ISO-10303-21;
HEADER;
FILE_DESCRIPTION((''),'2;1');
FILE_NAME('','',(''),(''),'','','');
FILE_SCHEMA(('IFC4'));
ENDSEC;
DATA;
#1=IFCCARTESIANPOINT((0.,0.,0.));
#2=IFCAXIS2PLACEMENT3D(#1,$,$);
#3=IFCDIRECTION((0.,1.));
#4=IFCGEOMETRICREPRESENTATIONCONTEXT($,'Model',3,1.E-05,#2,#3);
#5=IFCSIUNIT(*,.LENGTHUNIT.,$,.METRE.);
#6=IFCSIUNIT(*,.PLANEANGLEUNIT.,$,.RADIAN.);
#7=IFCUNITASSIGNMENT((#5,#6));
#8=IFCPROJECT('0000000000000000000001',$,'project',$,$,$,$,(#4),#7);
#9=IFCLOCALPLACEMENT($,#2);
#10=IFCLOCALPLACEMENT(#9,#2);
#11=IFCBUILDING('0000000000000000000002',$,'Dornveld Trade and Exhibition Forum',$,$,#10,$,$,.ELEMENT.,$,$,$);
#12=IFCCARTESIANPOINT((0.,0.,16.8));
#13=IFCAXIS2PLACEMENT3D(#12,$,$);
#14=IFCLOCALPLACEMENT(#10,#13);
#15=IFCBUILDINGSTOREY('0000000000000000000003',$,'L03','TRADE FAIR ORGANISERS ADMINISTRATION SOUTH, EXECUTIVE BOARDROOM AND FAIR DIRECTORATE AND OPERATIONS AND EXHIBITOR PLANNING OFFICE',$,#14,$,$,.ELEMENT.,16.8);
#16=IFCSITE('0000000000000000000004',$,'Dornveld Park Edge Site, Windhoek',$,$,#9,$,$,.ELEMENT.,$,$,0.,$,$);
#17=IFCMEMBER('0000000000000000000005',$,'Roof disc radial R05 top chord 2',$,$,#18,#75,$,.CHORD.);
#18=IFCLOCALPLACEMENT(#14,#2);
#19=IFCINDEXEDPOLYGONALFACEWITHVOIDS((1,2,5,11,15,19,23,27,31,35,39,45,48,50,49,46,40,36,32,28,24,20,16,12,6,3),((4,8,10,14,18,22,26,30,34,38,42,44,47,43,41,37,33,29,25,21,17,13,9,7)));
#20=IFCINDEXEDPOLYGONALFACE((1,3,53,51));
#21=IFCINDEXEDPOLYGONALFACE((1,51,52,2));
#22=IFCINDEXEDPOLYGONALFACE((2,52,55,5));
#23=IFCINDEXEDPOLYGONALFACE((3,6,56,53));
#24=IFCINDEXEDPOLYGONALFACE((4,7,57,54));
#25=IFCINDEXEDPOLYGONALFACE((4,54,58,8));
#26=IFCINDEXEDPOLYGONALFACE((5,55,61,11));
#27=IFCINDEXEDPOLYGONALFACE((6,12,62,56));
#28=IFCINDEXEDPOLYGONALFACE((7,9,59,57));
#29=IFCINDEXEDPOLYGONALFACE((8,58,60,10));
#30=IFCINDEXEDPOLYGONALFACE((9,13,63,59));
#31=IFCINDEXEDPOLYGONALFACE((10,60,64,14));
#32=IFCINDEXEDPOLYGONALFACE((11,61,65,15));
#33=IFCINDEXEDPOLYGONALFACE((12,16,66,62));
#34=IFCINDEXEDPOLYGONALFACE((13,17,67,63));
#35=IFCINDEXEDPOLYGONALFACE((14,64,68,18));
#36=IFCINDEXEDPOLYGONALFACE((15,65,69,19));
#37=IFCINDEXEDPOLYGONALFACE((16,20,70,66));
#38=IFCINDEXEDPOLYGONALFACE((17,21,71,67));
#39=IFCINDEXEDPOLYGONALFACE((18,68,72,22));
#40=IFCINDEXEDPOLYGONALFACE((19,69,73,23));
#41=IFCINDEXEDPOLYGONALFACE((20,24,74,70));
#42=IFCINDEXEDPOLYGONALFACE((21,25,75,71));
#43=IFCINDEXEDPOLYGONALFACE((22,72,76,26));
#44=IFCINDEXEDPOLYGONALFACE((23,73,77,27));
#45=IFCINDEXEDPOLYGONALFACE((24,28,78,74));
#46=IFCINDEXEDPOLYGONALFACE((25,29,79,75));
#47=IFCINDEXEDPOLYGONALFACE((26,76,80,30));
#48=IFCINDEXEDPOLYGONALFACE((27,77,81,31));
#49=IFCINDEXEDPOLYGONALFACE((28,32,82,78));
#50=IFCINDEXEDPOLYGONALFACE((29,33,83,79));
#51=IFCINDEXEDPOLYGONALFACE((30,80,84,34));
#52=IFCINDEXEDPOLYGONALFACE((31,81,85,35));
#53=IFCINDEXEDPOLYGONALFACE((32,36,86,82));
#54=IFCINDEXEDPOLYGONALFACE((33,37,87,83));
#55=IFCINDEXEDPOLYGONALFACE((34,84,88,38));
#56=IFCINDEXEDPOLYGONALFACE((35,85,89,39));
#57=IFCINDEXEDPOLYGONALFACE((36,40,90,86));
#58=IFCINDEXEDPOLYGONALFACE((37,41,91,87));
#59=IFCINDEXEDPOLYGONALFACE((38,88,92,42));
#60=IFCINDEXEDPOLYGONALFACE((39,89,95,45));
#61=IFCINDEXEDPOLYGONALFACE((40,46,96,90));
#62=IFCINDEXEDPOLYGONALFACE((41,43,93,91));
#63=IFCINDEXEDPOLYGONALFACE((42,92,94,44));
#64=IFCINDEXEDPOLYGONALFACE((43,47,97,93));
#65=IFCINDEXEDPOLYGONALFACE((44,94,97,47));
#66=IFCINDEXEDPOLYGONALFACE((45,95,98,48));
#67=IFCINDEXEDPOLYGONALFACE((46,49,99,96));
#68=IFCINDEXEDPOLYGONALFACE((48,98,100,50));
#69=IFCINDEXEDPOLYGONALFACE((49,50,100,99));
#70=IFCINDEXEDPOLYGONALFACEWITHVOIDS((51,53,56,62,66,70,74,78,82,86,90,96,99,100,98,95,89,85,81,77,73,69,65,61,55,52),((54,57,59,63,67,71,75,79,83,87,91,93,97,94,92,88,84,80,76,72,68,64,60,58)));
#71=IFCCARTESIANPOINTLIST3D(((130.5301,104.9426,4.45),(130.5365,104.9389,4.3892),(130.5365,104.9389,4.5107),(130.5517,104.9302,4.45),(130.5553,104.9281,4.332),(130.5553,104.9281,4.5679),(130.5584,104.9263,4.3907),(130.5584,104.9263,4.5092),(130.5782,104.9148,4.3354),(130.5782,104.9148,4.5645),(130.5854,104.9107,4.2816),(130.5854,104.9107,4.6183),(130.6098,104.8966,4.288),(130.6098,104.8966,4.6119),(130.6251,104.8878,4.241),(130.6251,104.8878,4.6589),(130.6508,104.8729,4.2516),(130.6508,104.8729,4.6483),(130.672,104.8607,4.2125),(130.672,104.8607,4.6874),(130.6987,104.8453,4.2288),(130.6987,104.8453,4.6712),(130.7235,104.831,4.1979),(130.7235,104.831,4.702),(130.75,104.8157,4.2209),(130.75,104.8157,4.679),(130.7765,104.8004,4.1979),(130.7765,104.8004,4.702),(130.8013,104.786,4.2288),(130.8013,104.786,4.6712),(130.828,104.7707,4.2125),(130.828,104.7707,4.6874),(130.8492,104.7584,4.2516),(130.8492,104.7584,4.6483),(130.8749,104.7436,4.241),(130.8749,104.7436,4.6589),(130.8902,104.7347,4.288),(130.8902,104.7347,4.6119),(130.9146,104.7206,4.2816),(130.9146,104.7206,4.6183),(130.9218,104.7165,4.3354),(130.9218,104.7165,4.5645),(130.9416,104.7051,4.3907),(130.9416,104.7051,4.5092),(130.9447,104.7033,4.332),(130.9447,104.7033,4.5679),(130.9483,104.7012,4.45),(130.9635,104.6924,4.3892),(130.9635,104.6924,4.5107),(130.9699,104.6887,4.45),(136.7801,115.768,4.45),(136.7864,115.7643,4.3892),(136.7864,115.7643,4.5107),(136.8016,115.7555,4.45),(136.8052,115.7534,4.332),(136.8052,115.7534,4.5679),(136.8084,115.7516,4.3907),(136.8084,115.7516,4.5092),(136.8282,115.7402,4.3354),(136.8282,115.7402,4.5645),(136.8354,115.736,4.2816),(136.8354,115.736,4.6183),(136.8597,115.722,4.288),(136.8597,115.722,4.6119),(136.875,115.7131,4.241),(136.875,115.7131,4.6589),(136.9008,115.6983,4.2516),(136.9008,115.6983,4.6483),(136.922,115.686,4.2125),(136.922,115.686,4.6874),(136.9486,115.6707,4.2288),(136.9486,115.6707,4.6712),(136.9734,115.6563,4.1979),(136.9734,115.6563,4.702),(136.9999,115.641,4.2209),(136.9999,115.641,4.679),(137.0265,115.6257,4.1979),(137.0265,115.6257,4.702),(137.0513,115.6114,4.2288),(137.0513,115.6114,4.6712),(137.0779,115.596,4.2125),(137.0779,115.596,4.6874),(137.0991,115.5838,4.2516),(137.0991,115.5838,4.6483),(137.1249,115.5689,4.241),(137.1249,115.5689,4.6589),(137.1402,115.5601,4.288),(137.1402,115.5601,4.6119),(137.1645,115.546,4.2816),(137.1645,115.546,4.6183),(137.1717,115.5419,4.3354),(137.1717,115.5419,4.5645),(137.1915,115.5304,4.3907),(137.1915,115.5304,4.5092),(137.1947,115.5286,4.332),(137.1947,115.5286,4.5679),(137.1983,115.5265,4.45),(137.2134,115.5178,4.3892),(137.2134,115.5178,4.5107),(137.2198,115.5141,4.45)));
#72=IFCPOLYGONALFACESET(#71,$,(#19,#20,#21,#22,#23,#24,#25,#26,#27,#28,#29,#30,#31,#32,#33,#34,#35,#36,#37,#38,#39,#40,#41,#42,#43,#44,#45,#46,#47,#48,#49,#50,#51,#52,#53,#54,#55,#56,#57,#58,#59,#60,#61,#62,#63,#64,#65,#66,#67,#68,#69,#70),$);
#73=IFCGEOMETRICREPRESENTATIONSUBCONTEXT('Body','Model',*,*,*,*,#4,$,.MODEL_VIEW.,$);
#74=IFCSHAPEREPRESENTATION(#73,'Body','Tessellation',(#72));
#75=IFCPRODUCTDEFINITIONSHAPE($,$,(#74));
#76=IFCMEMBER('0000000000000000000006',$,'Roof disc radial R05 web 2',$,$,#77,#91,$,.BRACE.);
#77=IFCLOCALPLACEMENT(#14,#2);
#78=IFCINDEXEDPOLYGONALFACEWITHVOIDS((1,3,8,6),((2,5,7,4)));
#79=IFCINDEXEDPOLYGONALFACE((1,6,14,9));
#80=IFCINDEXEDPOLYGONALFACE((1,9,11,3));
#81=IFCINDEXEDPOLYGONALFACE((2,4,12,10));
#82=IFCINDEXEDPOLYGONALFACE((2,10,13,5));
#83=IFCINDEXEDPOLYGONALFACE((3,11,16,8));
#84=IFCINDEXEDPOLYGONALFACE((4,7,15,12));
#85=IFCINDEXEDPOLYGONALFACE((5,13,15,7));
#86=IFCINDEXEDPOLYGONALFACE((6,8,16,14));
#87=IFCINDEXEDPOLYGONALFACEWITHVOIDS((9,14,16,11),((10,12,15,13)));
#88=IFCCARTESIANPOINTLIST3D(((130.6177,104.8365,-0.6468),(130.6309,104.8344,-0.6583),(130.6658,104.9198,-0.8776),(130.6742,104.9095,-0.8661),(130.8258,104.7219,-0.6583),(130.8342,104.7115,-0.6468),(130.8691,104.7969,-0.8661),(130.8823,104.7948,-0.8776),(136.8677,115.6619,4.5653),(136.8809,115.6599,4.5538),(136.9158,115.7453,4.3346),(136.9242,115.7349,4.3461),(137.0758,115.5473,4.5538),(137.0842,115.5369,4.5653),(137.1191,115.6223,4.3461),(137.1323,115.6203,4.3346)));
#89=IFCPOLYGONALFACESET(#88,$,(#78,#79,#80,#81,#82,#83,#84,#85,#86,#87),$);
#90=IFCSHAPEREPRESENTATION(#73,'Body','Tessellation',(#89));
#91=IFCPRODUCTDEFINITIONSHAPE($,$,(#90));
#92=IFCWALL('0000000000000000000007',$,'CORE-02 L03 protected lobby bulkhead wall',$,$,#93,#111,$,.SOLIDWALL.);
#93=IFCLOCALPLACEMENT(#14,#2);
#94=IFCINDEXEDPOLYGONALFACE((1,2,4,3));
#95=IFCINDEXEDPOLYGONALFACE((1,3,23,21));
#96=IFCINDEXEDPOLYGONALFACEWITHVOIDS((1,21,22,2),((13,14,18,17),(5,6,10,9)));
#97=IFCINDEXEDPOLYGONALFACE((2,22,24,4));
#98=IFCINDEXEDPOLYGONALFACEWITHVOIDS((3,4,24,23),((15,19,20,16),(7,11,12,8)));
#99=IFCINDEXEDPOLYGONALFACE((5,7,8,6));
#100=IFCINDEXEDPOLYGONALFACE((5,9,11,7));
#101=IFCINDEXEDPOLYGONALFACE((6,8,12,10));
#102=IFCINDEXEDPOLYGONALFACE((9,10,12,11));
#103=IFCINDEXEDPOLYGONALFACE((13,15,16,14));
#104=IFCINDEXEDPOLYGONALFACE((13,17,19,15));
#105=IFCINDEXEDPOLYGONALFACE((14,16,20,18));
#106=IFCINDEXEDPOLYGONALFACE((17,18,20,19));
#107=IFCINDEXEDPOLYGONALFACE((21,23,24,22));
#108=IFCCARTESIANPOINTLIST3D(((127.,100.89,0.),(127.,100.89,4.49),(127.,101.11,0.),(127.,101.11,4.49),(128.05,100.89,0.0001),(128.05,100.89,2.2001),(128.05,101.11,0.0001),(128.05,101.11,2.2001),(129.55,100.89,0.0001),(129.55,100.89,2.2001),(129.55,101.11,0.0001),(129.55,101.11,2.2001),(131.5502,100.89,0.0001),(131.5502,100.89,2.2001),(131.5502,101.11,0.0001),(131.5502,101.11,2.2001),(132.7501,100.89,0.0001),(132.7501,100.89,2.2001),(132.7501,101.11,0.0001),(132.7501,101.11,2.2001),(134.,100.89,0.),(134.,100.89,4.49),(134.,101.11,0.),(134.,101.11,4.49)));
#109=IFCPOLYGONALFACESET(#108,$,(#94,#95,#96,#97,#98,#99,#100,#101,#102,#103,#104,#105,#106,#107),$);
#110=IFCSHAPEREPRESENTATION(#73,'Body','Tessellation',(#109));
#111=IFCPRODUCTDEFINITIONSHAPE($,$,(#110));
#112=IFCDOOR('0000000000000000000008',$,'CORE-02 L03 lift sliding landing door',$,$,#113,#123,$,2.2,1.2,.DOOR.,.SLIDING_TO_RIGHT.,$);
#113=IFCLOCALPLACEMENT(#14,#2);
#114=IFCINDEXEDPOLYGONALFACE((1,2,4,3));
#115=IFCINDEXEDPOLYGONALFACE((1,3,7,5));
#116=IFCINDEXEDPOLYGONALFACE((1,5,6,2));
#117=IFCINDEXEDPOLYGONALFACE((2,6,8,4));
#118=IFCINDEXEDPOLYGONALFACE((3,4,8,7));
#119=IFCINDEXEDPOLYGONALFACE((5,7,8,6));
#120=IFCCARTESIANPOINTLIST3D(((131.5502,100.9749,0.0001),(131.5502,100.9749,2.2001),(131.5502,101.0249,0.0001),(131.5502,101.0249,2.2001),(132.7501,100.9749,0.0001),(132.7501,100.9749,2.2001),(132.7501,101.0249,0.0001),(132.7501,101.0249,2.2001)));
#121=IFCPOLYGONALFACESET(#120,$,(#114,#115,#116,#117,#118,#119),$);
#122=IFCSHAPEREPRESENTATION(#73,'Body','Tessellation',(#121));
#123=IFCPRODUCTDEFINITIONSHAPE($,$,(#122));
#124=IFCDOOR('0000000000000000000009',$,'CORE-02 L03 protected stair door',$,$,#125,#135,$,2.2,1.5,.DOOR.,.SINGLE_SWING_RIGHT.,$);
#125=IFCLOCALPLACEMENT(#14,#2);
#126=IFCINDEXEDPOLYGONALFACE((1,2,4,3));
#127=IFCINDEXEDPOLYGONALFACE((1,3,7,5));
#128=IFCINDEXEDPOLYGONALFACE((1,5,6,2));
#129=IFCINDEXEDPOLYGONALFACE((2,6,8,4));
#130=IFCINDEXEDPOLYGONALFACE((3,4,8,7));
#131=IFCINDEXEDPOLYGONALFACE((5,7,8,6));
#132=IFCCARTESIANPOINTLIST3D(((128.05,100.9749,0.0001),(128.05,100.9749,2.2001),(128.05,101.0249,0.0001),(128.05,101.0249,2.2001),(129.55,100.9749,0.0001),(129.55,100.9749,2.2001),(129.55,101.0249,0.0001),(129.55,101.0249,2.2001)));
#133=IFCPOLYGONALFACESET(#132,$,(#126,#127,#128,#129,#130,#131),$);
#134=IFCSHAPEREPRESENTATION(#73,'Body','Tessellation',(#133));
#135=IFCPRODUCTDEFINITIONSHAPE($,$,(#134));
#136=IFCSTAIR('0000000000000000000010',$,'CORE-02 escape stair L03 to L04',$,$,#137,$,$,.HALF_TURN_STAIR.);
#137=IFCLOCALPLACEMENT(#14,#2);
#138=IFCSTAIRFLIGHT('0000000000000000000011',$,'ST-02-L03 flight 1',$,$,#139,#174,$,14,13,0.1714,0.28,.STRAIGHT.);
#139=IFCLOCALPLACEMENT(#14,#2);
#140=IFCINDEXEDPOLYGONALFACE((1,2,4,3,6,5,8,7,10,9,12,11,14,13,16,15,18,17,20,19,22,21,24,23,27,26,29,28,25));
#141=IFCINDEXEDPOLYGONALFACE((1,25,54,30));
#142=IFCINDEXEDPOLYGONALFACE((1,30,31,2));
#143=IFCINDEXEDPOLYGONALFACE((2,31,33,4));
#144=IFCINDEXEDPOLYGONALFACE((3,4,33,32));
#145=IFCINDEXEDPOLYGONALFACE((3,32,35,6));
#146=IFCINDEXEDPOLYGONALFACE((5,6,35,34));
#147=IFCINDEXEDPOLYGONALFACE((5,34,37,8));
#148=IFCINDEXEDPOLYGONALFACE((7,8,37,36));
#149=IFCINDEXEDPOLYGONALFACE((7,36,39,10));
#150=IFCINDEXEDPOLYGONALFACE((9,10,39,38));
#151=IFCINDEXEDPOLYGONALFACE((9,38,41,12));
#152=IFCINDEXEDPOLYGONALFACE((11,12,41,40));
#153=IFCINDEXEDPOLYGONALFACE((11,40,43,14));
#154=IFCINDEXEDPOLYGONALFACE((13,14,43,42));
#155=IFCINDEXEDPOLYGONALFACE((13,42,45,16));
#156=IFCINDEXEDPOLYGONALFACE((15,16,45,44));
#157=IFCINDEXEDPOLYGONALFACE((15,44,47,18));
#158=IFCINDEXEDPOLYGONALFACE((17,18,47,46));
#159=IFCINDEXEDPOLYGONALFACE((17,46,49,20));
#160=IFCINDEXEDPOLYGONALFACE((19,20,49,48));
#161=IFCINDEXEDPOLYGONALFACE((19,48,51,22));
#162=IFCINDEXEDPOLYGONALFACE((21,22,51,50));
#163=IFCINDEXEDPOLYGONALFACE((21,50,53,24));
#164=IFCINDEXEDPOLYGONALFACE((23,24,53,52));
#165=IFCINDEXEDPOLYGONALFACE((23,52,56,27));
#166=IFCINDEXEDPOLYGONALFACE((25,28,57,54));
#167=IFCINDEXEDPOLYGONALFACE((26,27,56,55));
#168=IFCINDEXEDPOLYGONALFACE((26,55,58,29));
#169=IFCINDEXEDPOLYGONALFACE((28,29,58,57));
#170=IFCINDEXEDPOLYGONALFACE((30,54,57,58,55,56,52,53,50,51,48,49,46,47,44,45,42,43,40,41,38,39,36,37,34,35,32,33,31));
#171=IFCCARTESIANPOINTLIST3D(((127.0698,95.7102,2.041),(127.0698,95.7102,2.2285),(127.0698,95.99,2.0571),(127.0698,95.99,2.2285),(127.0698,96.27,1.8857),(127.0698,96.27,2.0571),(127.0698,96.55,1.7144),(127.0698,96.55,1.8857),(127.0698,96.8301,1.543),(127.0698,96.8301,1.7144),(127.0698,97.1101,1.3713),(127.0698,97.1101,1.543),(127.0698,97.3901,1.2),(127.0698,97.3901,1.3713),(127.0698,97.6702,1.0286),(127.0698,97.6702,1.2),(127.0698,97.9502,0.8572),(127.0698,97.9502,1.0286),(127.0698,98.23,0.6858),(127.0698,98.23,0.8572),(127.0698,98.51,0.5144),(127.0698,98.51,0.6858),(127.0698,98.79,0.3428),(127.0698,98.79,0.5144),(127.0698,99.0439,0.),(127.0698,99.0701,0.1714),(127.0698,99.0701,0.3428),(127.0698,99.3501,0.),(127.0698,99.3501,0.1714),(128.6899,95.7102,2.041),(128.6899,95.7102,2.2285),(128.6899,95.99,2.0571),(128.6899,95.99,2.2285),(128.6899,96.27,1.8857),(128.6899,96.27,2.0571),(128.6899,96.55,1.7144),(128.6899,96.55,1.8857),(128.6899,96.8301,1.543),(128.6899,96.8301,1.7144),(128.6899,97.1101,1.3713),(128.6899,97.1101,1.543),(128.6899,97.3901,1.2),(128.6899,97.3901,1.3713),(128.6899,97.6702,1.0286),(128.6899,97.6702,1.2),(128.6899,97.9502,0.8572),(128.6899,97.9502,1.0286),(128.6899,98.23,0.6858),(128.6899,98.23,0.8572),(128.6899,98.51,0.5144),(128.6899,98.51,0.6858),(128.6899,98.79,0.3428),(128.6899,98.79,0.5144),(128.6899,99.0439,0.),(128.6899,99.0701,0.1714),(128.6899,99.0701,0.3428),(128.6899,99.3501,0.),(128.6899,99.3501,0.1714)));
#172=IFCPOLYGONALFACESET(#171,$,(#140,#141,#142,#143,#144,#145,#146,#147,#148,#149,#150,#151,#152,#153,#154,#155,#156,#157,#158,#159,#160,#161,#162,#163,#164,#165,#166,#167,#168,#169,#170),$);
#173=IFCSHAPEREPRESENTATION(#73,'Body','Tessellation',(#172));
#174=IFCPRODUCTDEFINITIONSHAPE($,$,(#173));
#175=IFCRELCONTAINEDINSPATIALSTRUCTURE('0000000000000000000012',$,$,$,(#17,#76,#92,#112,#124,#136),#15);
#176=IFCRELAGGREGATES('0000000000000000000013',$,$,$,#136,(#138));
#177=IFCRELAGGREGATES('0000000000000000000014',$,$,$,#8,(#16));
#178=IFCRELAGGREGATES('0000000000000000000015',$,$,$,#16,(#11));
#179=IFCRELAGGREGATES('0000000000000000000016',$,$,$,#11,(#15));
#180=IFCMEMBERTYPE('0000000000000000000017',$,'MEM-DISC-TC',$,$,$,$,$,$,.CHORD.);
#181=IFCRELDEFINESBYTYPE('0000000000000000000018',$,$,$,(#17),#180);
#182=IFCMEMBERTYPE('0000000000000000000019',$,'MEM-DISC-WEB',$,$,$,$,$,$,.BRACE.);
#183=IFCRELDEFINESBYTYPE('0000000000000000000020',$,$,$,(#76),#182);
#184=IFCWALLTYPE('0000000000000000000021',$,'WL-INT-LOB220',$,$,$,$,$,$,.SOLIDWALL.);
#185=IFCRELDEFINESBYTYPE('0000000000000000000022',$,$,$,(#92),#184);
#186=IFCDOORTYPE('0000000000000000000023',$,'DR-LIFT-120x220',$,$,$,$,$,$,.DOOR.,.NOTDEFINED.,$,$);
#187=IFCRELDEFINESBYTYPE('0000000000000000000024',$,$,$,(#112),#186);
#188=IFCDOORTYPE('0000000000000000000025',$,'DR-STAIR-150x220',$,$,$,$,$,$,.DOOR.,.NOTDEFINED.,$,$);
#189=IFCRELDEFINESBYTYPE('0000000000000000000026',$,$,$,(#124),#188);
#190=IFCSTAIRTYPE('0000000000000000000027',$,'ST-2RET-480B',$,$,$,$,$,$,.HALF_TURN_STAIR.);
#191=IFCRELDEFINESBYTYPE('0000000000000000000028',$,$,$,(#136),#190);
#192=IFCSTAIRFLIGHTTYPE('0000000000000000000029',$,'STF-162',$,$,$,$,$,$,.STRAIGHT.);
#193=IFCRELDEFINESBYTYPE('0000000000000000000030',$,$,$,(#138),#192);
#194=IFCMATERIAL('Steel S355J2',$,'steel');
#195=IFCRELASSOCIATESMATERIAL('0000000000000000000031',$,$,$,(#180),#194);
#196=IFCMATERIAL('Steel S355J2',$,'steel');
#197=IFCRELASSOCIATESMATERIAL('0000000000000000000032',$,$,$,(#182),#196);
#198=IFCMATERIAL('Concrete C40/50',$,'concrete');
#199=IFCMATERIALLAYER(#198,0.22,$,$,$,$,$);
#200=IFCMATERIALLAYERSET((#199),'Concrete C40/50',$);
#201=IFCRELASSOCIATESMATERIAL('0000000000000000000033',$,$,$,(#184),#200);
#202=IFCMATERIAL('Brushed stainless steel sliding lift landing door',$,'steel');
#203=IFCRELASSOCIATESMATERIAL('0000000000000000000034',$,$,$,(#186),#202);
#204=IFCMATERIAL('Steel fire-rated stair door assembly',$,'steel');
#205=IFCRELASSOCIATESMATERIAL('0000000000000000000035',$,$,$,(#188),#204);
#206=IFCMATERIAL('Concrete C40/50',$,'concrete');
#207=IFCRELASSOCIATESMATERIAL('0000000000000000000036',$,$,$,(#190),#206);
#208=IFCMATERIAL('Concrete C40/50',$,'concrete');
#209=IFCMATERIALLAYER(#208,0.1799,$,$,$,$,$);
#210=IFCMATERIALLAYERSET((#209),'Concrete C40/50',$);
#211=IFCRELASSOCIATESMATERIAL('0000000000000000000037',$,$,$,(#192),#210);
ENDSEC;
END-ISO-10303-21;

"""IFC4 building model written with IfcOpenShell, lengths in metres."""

from ifc_helpers import new_model, si_unit, direction, frame, frame_2d, origin, origin_2d, place, context, subcontext, project, spatial, polyline, rectangle, hollow_rectangle, hollow_circle, outline, extrude, material, layer, layer_set, material_profile, profile_set, type_object, element, fill, aggregate, save


model = new_model("IFC4")

# Units and contexts
model_context = context("Model", 3, precision=1e-05, world=origin(), true_north=direction((0.0, 1.0)))
body_context = subcontext(model_context, "Body", "Model", "MODEL_VIEW")
ifc_project = project(units=[si_unit("LENGTHUNIT", "METRE"), si_unit("PLANEANGLEUNIT", "RADIAN")], contexts=[model_context])

# Site, building, storey
site_placement = place(None, origin())
site = spatial("IfcSite", under=ifc_project, at=site_placement, Name="Dornveld Park Edge Site, Windhoek", CompositionType="ELEMENT", RefElevation=0.0)
building_placement = place(site_placement, origin())
building = spatial("IfcBuilding", under=site, at=building_placement, Name="Dornveld Trade and Exhibition Forum", CompositionType="ELEMENT")
storey_placement = place(building_placement, frame((0.0, 0.0, 16.8)))
storey = spatial("IfcBuildingStorey", under=building, at=storey_placement, Name="L03", Description="TRADE FAIR ORGANISERS ADMINISTRATION SOUTH, EXECUTIVE BOARDROOM AND FAIR DIRECTORATE AND OPERATIONS AND EXHIBITOR PLANNING OFFICE", CompositionType="ELEMENT", Elevation=16.8)

# Members
ifc_material_1 = material(Name="Steel S355J2", Category="steel")
ifc_material_profile_1 = material_profile(ifc_material_1, hollow_circle(Radius=0.2539, WallThickness=0.0249, at=origin_2d()), Name="CHS 508x25")
ifc_profile_set_1 = profile_set([ifc_material_profile_1], Name="Steel S355J2")
member_type_1 = type_object("IfcMemberType", Name="MEM-DISC-TC", PredefinedType="CHORD", material=ifc_profile_set_1)
for number, where, z_axis, x_axis, name in (
    (1, (130.75, 104.8157, 4.45), (0.499996, 0.866028, 0.0), (-0.866028, 0.499996, 0.0), "Roof disc radial R05 top chord 2"),
):
    element("IfcMember", number, at=place(storey_placement, frame(where, z_axis=z_axis, x_axis=x_axis)), inside=storey, type_object=member_type_1, Name=name, PredefinedType="CHORD", context=body_context, shape_type="SweptSolid", body=[
        extrude(hollow_circle(Radius=0.2539, WallThickness=0.0249, at=origin_2d()), origin(), (0.0, 0.0, 1.0), 12.5),
    ])
ifc_material_2 = material(Name="Steel S355J2", Category="steel")
ifc_material_profile_2 = material_profile(ifc_material_2, hollow_rectangle(XDim=0.25, YDim=0.25, WallThickness=0.0125, at=origin_2d()), Name="SHS 250x250x12.5")
ifc_profile_set_2 = profile_set([ifc_material_profile_2], Name="Steel S355J2")
member_type_2 = type_object("IfcMemberType", Name="MEM-DISC-WEB", PredefinedType="BRACE", material=ifc_profile_set_2)
member_1_placement = place(storey_placement, frame((130.75, 104.8157, -0.7622), z_axis=(0.461485, 0.799324, 0.384853), x_axis=(-0.866028, 0.499996, 0.0)))
element("IfcMember", 2, at=member_1_placement, inside=storey, type_object=member_type_2, Name="Roof disc radial R05 web 2", PredefinedType="BRACE", context=body_context, shape_type="SweptSolid", body=[
    extrude(hollow_rectangle(XDim=0.25, YDim=0.25, WallThickness=0.0125, at=origin_2d()), origin(), (0.0, 0.0, 1.0), 13.5432),
])

# Wall, openings, doors
ifc_material_3 = material(Name="Concrete C40/50", Category="concrete")
ifc_layer_1 = layer(ifc_material_3, 0.22)
ifc_layer_set_1 = layer_set([ifc_layer_1], Name="Concrete C40/50")
wall_type = type_object("IfcWallType", Name="WL-INT-LOB220", PredefinedType="SOLIDWALL", material=ifc_layer_set_1)
wall_placement = place(storey_placement, frame((127.0, 101.0, 0.0), z_axis=(0.0, 0.0, 1.0), x_axis=(1.0, 0.0, 0.0)))
wall = element("IfcWall", 3, at=wall_placement, inside=storey, type_object=wall_type, Name="CORE-02 L03 protected lobby bulkhead wall", PredefinedType="SOLIDWALL", context=body_context, shape_type="SweptSolid", body=[
    extrude(rectangle(XDim=7.0, YDim=0.22, at=frame_2d((3.5, 0.0))), origin(), (0.0, 0.0, 1.0), 4.49),
])
opening_1_placement = place(wall_placement, frame((1.05, 0.0, 0.0)))
opening_1 = element("IfcOpeningElement", 4, at=opening_1_placement, cuts=wall, PredefinedType="OPENING", context=body_context, shape_type="SweptSolid", body=[
    extrude(rectangle(XDim=1.5, YDim=2.2, at=frame_2d((0.75, 1.1001))), frame((0.0, 0.1199, 0.0), z_axis=(0.0, -1.0, 0.0), x_axis=(1.0, 0.0, 0.0)), (0.0, 0.0, 1.0), 0.24),
])
opening_2_placement = place(wall_placement, frame((4.55, 0.0, 0.0)))
opening_2 = element("IfcOpeningElement", 5, at=opening_2_placement, cuts=wall, PredefinedType="OPENING", context=body_context, shape_type="SweptSolid", body=[
    extrude(rectangle(XDim=1.2, YDim=2.2, at=frame_2d((0.6001, 1.1001))), frame((0.0, 0.1199, 0.0), z_axis=(0.0, -1.0, 0.0), x_axis=(1.0, 0.0, 0.0)), (0.0, 0.0, 1.0), 0.24),
])
ifc_material_4 = material(Name="Brushed stainless steel sliding lift landing door", Category="steel")
door_type_1 = type_object("IfcDoorType", Name="DR-LIFT-120x220", OperationType="NOTDEFINED", PredefinedType="DOOR", material=ifc_material_4)
door_1_placement = place(opening_2_placement, origin())
door_1 = element("IfcDoor", 6, at=door_1_placement, inside=storey, type_object=door_type_1, Name="CORE-02 L03 lift sliding landing door", OperationType="SLIDING_TO_RIGHT", OverallHeight=2.2, OverallWidth=1.2, PredefinedType="DOOR", context=body_context, shape_type="SweptSolid", body=[
    extrude(rectangle(XDim=1.2, YDim=2.2, at=frame_2d((0.6001, 1.1001))), frame((0.0, 0.0249, 0.0), z_axis=(0.0, -1.0, 0.0), x_axis=(1.0, 0.0, 0.0)), (0.0, 0.0, 1.0), 0.05),
])
fill(opening_2, door_1)
ifc_material_5 = material(Name="Steel fire-rated stair door assembly", Category="steel")
door_type_2 = type_object("IfcDoorType", Name="DR-STAIR-150x220", OperationType="NOTDEFINED", PredefinedType="DOOR", material=ifc_material_5)
door_2_placement = place(opening_1_placement, origin())
door_2 = element("IfcDoor", 7, at=door_2_placement, inside=storey, type_object=door_type_2, Name="CORE-02 L03 protected stair door", OperationType="SINGLE_SWING_RIGHT", OverallHeight=2.2, OverallWidth=1.5, PredefinedType="DOOR", context=body_context, shape_type="SweptSolid", body=[
    extrude(rectangle(XDim=1.5, YDim=2.2, at=frame_2d((0.75, 1.1001))), frame((0.0, 0.0249, 0.0), z_axis=(0.0, -1.0, 0.0), x_axis=(1.0, 0.0, 0.0)), (0.0, 0.0, 1.0), 0.05),
])
fill(opening_1, door_2)

# Stair, stair flight
ifc_material_6 = material(Name="Concrete C40/50", Category="concrete")
stair_type = type_object("IfcStairType", Name="ST-2RET-480B", PredefinedType="HALF_TURN_STAIR", material=ifc_material_6)
stair_placement = place(storey_placement, origin())
stair = element("IfcStair", 8, at=stair_placement, inside=storey, type_object=stair_type, Name="CORE-02 escape stair L03 to L04", PredefinedType="HALF_TURN_STAIR")
ifc_material_7 = material(Name="Concrete C40/50", Category="concrete")
ifc_layer_2 = layer(ifc_material_7, 0.1799)
ifc_layer_set_2 = layer_set([ifc_layer_2], Name="Concrete C40/50")
stair_flight_type = type_object("IfcStairFlightType", Name="STF-162", PredefinedType="STRAIGHT", material=ifc_layer_set_2)
stair_flight_1_placement = place(storey_placement, frame((127.8799, 99.3501, 0.0), z_axis=(0.0, 0.0, 1.0), x_axis=(0.0, -1.0, 0.0)))
stair_flight_1 = element("IfcStairFlight", 9, at=stair_flight_1_placement, type_object=stair_flight_type, Name="ST-02-L03 flight 1", NumberOfRisers=14, NumberOfTreads=13, PredefinedType="STRAIGHT", RiserHeight=0.1714, TreadLength=0.28, context=body_context, shape_type="SweptSolid", body=[
    extrude(outline(polyline([(0.0, 0.0), (0.0, 0.1714), (0.28, 0.1714), (0.28, 0.3428), (0.5601, 0.3428), (0.5601, 0.5144), (0.8401, 0.5144), (0.8401, 0.6858), (1.1201, 0.6858), (1.1201, 0.8572), (1.3999, 0.8572), (1.3999, 1.0286), (1.6799, 1.0286), (1.6799, 1.2), (1.96, 1.2), (1.96, 1.3713), (2.24, 1.3713), (2.24, 1.543), (2.52, 1.543), (2.52, 1.7144), (2.8, 1.7144), (2.8, 1.8857), (3.0801, 1.8857), (3.0801, 2.0571), (3.3601, 2.0571), (3.3601, 2.2285), (3.6399, 2.2285), (3.6399, 2.3999), (3.6399, 2.041), (0.3062, 0.0), (0.0, 0.0)])), frame((0.0, 0.8101, 0.0), z_axis=(0.0, -1.0, 0.0), x_axis=(1.0, 0.0, 0.0)), (0.0, 0.0, 1.0), 1.6201),
])
aggregate(stair, [stair_flight_1])

save(model, "model.ifc")
